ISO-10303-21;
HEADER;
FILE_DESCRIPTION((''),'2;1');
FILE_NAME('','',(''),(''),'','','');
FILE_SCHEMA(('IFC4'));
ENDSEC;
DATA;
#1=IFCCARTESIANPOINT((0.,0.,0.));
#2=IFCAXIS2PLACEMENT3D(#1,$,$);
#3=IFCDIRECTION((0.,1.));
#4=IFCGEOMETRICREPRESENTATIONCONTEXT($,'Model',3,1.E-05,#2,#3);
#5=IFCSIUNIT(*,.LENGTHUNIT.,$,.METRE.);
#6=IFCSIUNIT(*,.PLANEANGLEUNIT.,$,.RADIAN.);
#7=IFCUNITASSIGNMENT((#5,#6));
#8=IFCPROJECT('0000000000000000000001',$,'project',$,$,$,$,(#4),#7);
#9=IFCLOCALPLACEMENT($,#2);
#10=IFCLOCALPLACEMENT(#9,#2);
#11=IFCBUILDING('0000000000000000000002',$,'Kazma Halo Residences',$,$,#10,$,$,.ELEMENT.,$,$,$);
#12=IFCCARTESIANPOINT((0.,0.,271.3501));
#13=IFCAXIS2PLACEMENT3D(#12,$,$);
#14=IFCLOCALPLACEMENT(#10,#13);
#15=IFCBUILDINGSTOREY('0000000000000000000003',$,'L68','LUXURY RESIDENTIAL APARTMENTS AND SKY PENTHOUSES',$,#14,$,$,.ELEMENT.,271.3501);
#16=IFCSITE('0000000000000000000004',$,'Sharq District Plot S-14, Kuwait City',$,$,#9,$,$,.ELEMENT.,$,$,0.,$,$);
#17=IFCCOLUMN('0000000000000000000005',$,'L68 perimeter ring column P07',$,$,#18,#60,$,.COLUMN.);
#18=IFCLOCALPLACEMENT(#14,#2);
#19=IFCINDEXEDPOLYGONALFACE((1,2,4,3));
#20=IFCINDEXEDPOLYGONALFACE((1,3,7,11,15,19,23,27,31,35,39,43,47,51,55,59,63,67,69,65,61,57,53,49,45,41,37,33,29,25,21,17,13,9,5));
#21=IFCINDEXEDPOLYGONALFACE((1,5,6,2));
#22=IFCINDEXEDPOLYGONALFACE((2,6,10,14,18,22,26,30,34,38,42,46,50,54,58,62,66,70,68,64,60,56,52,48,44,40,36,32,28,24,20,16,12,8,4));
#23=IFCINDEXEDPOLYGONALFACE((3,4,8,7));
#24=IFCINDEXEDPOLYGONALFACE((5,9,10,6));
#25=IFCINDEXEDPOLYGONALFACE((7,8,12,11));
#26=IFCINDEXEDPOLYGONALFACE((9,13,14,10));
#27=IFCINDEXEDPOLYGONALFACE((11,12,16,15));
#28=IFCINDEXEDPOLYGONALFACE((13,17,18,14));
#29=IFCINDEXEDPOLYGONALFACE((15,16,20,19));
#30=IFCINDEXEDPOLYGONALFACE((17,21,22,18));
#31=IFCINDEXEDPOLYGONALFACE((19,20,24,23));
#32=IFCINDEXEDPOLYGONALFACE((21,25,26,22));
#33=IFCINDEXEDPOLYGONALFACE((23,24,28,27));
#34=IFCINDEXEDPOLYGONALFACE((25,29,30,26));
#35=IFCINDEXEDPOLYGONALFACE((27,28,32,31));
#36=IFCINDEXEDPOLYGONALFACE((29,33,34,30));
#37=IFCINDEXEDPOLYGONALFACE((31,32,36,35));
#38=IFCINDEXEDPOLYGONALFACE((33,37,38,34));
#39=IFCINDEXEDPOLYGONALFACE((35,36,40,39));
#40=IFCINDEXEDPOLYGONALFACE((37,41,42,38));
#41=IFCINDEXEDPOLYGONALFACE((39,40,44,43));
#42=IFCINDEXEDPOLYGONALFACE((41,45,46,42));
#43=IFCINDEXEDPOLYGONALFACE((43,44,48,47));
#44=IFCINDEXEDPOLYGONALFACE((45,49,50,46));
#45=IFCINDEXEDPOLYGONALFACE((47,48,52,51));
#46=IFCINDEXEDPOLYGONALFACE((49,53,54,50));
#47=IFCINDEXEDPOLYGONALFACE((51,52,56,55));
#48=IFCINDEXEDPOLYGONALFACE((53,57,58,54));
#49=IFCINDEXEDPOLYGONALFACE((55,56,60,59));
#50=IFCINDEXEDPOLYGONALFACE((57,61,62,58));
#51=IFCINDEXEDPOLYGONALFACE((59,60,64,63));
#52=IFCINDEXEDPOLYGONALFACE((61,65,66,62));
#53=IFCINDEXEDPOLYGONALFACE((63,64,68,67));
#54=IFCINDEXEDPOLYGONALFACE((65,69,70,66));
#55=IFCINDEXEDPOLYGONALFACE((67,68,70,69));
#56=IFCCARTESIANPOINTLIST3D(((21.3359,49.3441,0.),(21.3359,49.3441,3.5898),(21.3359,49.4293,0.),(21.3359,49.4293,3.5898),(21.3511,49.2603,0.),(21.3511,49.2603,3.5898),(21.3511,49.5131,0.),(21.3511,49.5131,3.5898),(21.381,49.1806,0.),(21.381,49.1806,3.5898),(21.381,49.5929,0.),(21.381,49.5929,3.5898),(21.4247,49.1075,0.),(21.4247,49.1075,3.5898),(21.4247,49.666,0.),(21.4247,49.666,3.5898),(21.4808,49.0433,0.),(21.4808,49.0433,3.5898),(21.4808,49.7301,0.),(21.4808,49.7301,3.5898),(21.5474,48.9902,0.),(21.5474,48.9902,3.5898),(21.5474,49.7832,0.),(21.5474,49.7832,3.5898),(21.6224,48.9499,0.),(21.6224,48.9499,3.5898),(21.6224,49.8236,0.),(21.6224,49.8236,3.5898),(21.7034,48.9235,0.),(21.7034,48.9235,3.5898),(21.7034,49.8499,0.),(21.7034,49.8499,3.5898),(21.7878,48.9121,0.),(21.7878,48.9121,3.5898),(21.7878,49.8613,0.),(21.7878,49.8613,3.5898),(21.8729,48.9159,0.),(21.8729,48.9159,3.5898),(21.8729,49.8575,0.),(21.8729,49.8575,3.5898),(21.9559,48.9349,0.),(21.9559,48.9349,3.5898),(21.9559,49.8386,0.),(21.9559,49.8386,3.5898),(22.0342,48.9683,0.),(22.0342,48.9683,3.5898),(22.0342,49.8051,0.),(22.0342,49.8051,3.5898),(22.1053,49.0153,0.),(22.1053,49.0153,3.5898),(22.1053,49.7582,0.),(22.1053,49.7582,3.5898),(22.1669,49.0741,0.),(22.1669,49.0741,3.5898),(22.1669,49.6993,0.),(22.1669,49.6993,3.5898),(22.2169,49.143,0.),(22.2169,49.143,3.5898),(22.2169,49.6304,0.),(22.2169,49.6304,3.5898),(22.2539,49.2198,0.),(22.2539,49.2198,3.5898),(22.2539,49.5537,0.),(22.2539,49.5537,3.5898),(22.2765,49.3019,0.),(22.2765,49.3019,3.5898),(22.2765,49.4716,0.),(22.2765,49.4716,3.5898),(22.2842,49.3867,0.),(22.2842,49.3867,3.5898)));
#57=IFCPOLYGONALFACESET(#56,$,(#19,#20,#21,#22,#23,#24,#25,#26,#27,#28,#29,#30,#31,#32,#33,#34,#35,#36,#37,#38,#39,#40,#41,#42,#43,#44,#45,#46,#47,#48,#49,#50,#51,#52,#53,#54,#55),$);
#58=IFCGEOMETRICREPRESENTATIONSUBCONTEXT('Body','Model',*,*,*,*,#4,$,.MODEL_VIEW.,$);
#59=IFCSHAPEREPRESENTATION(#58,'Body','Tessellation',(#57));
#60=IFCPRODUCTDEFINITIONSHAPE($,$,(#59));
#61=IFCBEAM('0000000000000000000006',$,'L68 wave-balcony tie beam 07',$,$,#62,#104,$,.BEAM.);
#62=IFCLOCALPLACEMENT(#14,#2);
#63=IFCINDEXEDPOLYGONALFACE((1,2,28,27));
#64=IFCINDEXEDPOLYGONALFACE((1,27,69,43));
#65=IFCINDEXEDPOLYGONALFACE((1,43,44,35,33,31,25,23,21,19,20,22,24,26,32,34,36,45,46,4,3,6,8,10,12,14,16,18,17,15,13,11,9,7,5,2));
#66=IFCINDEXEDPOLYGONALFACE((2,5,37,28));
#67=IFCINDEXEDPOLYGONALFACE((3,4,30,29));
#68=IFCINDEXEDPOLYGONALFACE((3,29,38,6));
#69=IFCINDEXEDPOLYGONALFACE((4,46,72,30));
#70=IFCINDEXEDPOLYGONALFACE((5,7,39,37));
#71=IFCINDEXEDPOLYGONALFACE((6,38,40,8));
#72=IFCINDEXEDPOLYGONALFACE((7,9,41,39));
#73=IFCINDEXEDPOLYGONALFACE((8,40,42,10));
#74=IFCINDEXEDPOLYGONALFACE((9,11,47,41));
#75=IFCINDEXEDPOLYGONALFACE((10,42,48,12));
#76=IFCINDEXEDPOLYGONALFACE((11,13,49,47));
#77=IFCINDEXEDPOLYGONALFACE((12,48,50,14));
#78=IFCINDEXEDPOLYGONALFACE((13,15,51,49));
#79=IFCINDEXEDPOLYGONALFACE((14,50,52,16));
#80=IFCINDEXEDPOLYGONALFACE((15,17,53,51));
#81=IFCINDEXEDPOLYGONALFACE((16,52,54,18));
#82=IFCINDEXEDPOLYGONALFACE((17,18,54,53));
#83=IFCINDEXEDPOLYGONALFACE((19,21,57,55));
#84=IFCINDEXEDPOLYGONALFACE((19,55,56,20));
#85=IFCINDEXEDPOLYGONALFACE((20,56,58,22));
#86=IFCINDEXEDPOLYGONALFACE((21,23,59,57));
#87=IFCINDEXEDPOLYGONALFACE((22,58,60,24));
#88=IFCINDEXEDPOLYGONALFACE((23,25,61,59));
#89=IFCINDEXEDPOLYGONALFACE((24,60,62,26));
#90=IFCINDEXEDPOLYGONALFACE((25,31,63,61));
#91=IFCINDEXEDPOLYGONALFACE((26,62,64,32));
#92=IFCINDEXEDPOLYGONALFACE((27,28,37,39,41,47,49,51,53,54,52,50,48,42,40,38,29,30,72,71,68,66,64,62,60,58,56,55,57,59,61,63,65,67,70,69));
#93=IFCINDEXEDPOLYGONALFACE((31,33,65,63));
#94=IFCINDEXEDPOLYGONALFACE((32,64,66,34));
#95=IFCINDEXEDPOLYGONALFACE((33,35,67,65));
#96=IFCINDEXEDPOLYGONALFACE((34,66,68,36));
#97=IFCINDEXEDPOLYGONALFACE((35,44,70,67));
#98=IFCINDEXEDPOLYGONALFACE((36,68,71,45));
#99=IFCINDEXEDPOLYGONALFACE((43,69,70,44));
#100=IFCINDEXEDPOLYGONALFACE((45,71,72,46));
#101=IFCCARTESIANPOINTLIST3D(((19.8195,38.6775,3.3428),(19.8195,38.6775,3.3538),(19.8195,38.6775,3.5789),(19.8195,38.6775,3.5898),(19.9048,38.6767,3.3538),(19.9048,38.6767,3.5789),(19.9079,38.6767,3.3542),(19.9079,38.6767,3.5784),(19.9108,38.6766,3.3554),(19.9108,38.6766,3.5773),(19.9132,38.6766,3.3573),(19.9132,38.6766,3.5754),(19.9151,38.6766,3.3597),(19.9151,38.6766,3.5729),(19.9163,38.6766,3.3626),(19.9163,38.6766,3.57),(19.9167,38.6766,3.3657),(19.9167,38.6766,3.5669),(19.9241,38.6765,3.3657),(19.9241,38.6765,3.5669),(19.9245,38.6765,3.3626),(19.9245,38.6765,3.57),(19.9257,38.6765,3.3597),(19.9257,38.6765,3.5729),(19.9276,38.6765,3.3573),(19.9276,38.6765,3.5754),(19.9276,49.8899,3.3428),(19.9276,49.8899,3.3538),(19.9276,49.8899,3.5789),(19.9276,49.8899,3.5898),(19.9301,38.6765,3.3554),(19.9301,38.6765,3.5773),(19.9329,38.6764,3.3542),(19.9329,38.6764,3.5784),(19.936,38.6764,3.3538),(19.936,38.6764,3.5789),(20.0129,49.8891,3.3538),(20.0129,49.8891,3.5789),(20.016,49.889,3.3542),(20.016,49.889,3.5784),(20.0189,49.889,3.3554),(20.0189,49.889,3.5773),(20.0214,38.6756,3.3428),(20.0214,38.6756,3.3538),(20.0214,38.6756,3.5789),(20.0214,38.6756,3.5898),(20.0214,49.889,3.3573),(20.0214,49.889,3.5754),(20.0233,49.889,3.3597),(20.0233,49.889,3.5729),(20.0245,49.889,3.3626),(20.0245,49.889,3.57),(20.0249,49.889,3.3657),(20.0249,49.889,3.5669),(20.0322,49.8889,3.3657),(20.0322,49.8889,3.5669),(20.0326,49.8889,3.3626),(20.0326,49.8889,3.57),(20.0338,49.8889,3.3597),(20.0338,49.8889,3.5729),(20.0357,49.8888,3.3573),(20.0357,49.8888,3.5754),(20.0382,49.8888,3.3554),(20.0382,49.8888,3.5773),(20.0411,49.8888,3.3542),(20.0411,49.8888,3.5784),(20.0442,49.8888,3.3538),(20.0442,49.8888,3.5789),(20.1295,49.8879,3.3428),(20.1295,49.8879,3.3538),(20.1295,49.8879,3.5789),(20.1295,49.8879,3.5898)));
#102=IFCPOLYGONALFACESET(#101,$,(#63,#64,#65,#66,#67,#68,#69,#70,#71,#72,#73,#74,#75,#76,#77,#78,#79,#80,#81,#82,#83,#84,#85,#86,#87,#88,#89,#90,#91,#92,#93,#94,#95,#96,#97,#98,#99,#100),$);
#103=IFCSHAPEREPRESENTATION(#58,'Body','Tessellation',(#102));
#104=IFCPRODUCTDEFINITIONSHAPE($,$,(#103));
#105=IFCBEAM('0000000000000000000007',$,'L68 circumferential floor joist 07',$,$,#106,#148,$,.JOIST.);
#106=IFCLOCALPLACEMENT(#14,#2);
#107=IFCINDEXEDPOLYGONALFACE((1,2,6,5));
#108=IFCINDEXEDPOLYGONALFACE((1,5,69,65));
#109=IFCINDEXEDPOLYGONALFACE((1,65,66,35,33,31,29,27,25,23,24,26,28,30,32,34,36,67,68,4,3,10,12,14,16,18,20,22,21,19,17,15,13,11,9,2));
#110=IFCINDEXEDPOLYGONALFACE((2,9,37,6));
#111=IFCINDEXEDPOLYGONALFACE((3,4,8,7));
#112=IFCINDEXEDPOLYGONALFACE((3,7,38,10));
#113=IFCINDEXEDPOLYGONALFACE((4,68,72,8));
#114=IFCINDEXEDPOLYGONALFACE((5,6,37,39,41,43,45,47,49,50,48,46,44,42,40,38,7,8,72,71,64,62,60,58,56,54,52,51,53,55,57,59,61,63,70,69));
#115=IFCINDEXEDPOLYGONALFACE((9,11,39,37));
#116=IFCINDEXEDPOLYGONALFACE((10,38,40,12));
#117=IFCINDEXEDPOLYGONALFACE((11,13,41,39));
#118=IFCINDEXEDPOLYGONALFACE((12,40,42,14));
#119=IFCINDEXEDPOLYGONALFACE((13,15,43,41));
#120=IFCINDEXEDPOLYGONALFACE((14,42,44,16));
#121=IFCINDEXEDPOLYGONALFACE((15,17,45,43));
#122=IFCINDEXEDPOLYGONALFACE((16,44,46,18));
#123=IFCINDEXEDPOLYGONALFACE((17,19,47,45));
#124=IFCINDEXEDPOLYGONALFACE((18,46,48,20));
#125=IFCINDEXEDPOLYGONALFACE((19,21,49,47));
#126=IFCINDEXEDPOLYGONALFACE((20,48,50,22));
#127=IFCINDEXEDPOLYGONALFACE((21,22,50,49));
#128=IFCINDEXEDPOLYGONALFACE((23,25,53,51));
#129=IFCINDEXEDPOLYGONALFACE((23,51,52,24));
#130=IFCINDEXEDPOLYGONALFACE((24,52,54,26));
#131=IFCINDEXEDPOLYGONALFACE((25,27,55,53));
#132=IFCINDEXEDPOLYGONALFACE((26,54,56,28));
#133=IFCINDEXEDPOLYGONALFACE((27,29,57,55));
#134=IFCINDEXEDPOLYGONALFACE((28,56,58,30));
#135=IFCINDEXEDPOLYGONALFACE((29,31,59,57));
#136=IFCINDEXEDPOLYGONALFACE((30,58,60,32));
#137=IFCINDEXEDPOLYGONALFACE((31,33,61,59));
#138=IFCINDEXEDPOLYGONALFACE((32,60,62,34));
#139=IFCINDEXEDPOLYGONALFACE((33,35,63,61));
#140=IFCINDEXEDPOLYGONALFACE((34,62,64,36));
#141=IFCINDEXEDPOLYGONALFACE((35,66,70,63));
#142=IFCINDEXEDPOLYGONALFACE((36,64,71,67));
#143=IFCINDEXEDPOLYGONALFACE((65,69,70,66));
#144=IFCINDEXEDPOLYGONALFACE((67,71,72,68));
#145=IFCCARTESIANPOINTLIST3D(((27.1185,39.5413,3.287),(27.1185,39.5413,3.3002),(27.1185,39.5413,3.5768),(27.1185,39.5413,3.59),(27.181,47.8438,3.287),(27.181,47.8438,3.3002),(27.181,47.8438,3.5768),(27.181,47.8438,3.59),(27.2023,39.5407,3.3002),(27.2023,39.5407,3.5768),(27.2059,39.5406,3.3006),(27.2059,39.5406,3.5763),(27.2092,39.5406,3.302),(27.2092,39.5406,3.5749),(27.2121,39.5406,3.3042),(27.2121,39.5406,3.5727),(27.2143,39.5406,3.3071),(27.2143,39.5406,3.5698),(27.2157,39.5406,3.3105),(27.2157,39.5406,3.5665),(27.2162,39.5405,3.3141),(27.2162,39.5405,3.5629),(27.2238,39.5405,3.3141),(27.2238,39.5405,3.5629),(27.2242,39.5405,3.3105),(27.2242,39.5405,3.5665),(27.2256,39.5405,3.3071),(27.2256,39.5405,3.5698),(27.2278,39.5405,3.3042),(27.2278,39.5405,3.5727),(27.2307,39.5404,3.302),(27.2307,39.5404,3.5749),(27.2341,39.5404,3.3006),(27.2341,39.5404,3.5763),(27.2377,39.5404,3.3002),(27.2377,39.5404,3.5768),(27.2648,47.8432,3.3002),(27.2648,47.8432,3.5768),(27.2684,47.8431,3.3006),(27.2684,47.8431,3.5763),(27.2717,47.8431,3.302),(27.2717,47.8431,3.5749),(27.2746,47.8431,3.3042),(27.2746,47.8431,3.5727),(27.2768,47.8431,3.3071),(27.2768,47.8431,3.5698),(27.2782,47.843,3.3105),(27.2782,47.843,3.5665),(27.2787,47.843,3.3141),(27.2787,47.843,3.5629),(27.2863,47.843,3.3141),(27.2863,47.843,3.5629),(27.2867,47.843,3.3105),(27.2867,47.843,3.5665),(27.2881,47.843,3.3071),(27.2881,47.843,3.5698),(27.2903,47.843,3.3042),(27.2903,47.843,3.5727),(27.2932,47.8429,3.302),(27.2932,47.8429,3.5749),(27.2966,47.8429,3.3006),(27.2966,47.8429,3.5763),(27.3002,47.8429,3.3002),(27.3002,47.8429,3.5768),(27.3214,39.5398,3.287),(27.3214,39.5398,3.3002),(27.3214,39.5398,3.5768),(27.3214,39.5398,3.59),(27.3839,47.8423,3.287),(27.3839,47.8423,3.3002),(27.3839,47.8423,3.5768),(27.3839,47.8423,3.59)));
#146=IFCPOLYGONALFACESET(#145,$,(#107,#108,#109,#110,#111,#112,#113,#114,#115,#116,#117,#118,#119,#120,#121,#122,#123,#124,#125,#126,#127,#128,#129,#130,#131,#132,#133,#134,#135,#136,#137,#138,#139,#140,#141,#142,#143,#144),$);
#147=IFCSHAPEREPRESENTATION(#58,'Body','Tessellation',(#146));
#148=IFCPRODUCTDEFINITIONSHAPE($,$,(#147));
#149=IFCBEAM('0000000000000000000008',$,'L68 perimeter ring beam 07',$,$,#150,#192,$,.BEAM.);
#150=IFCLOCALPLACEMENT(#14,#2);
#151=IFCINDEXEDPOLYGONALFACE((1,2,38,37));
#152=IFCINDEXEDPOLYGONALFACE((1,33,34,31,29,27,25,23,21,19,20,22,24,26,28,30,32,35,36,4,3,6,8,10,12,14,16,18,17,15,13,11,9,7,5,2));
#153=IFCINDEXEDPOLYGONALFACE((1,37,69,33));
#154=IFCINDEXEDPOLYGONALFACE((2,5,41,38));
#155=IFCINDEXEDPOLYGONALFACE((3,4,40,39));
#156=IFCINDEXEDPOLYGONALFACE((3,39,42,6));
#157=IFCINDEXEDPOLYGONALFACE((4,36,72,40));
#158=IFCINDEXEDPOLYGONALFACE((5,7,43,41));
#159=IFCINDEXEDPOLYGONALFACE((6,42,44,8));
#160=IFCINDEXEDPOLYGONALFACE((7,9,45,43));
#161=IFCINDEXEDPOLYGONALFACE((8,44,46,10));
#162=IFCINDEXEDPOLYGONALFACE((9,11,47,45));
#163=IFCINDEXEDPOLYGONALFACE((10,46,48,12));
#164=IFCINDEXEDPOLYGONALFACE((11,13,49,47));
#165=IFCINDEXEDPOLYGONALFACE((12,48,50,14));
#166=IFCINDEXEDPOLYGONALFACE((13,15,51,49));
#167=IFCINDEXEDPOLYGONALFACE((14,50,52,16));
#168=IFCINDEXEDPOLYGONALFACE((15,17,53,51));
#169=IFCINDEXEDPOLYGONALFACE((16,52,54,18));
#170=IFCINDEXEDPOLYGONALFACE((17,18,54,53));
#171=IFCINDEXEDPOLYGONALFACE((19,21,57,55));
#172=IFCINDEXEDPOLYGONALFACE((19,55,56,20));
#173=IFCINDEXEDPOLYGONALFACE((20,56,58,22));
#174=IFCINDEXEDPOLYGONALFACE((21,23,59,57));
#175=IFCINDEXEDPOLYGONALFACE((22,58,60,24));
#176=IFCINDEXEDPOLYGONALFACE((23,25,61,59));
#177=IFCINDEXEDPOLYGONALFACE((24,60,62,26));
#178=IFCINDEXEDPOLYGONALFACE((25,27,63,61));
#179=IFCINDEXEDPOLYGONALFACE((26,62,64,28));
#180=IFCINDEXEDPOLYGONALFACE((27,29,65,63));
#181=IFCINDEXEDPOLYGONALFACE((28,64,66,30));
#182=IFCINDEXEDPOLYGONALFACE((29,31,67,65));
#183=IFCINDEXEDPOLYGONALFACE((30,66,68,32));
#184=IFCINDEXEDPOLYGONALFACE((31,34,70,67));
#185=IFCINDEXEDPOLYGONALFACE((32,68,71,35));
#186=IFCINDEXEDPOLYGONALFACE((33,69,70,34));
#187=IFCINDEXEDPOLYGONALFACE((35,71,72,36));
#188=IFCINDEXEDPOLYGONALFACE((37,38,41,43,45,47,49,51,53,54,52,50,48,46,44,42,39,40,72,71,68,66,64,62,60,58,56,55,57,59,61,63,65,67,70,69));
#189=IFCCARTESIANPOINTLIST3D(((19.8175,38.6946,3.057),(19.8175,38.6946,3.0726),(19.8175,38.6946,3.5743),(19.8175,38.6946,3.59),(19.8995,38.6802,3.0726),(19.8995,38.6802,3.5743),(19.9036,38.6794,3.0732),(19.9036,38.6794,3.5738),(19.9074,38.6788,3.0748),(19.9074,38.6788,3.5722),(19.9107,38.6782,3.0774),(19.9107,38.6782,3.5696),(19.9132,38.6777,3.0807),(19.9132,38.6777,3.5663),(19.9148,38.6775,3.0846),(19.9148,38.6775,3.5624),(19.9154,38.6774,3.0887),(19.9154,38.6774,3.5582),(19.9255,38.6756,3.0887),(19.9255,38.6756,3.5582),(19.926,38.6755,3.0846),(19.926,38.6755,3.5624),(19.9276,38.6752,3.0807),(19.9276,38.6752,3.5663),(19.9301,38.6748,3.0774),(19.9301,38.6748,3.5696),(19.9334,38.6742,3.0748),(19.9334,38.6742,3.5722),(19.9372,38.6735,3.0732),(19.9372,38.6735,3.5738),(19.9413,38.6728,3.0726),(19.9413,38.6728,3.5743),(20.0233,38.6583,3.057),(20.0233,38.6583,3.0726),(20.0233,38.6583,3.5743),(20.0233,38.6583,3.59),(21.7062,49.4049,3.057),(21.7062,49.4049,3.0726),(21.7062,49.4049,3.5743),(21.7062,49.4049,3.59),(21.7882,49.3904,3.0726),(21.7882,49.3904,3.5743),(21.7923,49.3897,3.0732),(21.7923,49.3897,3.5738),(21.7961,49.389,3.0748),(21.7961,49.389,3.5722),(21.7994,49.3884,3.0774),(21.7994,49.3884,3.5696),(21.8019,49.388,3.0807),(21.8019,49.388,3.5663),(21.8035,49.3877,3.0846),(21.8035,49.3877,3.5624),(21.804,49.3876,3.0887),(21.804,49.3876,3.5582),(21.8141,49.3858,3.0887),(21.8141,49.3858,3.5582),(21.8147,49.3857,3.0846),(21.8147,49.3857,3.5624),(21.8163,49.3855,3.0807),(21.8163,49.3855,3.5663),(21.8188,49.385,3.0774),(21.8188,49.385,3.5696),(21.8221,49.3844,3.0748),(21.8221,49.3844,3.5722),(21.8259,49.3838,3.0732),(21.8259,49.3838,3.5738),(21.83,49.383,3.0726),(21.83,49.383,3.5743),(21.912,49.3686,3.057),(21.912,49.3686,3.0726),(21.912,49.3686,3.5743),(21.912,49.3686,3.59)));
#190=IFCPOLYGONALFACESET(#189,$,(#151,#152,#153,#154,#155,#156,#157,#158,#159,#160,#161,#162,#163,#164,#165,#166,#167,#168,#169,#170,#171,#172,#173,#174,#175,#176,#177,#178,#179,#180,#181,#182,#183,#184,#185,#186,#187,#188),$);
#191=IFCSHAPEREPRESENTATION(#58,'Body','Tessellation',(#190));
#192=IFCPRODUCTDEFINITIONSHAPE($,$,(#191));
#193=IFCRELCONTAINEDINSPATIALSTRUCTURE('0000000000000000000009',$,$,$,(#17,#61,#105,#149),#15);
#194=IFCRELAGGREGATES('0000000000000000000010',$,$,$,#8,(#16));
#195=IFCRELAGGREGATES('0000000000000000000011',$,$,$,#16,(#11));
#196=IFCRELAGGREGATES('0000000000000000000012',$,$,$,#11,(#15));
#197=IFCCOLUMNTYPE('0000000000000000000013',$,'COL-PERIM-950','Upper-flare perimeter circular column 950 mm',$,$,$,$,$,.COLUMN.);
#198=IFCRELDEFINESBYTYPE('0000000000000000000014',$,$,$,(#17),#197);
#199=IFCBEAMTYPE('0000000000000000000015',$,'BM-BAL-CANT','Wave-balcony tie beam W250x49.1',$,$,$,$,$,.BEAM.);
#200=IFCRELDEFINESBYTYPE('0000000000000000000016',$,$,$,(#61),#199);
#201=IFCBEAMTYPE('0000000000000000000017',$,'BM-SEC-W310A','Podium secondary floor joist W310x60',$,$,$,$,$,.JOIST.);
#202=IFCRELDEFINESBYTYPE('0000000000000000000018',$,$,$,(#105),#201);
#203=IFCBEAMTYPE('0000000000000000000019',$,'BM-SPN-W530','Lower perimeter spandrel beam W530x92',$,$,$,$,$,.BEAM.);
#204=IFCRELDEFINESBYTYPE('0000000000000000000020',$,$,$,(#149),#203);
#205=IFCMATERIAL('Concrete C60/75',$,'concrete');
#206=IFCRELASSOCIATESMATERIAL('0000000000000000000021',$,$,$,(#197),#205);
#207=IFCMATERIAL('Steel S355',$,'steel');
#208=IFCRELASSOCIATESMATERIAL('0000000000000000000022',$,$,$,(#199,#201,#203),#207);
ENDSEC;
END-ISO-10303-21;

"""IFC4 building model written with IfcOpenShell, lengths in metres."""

from ifc_helpers import new_model, si_unit, direction, frame, origin, origin_2d, place, context, subcontext, project, spatial, circle, i_section, extrude, material, material_profile, profile_set, type_object, element, save


model = new_model("IFC4")

# Units and contexts
model_context = context("Model", 3, precision=1e-05, world=origin(), true_north=direction((0.0, 1.0)))
body_context = subcontext(model_context, "Body", "Model", "MODEL_VIEW")
ifc_project = project(units=[si_unit("LENGTHUNIT", "METRE"), si_unit("PLANEANGLEUNIT", "RADIAN")], contexts=[model_context])

# Site, building, storey
site_placement = place(None, origin())
site = spatial("IfcSite", under=ifc_project, at=site_placement, Name="Sharq District Plot S-14, Kuwait City", CompositionType="ELEMENT", RefElevation=0.0)
building_placement = place(site_placement, origin())
building = spatial("IfcBuilding", under=site, at=building_placement, Name="Kazma Halo Residences", CompositionType="ELEMENT")
storey_placement = place(building_placement, frame((0.0, 0.0, 271.3501)))
storey = spatial("IfcBuildingStorey", under=building, at=storey_placement, Name="L68", Description="LUXURY RESIDENTIAL APARTMENTS AND SKY PENTHOUSES", CompositionType="ELEMENT", Elevation=271.3501)

# Column
ifc_material_1 = material(Name="Concrete C60/75", Category="concrete")
ifc_material_profile_1 = material_profile(ifc_material_1, circle(Radius=0.4751, at=origin_2d()), Name="CIRC950")
ifc_profile_set_1 = profile_set([ifc_material_profile_1], Name="Concrete C60/75")
column_type = type_object("IfcColumnType", Name="COL-PERIM-950", Description="Upper-flare perimeter circular column 950 mm", PredefinedType="COLUMN", material=ifc_profile_set_1)
column_placement = place(storey_placement, frame((21.8091, 49.3867, 0.0), z_axis=(0.0, 0.0, 1.0), x_axis=(1.0, 0.0, 0.0)))
element("IfcColumn", 1, at=column_placement, inside=storey, type_object=column_type, Name="L68 perimeter ring column P07", PredefinedType="COLUMN", context=body_context, shape_type="SweptSolid", body=[
    extrude(circle(Radius=0.4751, at=origin_2d()), origin(), (0.0, 0.0, 1.0), 3.5898),
])

# Beams
ifc_material_2 = material(Name="Steel S355", Category="steel")
ifc_material_profile_2 = material_profile(ifc_material_2, i_section(OverallWidth=0.2019, OverallDepth=0.2471, WebThickness=0.0073, FlangeThickness=0.011, FilletRadius=0.012, at=origin_2d()), Name="W250x49.1")
ifc_profile_set_2 = profile_set([ifc_material_profile_2], Name="Steel S355")
beam_type_1 = type_object("IfcBeamType", Name="BM-BAL-CANT", Description="Wave-balcony tie beam W250x49.1", PredefinedType="BEAM", material=ifc_profile_set_2)
beam_1_placement = place(storey_placement, frame((20.0286, 49.8889, 3.4663), z_axis=(-0.009646, -0.999953, 0.0), x_axis=(0.999953, -0.009646, 0.0)))
element("IfcBeam", 2, at=beam_1_placement, inside=storey, type_object=beam_type_1, Name="L68 wave-balcony tie beam 07", PredefinedType="BEAM", context=body_context, shape_type="SweptSolid", body=[
    extrude(i_section(OverallWidth=0.2019, OverallDepth=0.2471, WebThickness=0.0073, FlangeThickness=0.011, FilletRadius=0.012, at=origin_2d()), origin(), (0.0, 0.0, 1.0), 11.2129),
])
ifc_material_profile_3 = material_profile(ifc_material_2, i_section(OverallWidth=0.2029, OverallDepth=0.303, WebThickness=0.0076, FlangeThickness=0.0132, FilletRadius=0.0139, at=origin_2d()), Name="W310x60")
ifc_profile_set_3 = profile_set([ifc_material_profile_3], Name="Steel S355")
beam_type_2 = type_object("IfcBeamType", Name="BM-SEC-W310A", Description="Podium secondary floor joist W310x60", PredefinedType="JOIST", material=ifc_profile_set_3)
beam_2_placement = place(storey_placement, frame((27.2825, 47.843, 3.4385), z_axis=(-0.007528, -0.999972, 0.0), x_axis=(0.999972, -0.007528, 0.0)))
element("IfcBeam", 3, at=beam_2_placement, inside=storey, type_object=beam_type_2, Name="L68 circumferential floor joist 07", PredefinedType="JOIST", context=body_context, shape_type="SweptSolid", body=[
    extrude(i_section(OverallWidth=0.2029, OverallDepth=0.303, WebThickness=0.0076, FlangeThickness=0.0132, FilletRadius=0.0139, at=origin_2d()), origin(), (0.0, 0.0, 1.0), 8.3027),
])
ifc_material_profile_4 = material_profile(ifc_material_2, i_section(OverallWidth=0.209, OverallDepth=0.533, WebThickness=0.0103, FlangeThickness=0.0156, FilletRadius=0.0161, at=origin_2d()), Name="W530x92")
ifc_profile_set_4 = profile_set([ifc_material_profile_4], Name="Steel S355")
beam_type_3 = type_object("IfcBeamType", Name="BM-SPN-W530", Description="Lower perimeter spandrel beam W530x92", PredefinedType="BEAM", material=ifc_profile_set_4)
beam_3_placement = place(storey_placement, frame((21.8091, 49.3867, 3.3235), z_axis=(-0.173664, -0.984805, 0.0), x_axis=(0.984805, -0.173664, 0.0)))
element("IfcBeam", 4, at=beam_3_placement, inside=storey, type_object=beam_type_3, Name="L68 perimeter ring beam 07", PredefinedType="BEAM", context=body_context, shape_type="SweptSolid", body=[
    extrude(i_section(OverallWidth=0.209, OverallDepth=0.533, WebThickness=0.0103, FlangeThickness=0.0156, FilletRadius=0.0161, at=origin_2d()), origin(), (0.0, 0.0, 1.0), 10.8755),
])

save(model, "model.ifc")
